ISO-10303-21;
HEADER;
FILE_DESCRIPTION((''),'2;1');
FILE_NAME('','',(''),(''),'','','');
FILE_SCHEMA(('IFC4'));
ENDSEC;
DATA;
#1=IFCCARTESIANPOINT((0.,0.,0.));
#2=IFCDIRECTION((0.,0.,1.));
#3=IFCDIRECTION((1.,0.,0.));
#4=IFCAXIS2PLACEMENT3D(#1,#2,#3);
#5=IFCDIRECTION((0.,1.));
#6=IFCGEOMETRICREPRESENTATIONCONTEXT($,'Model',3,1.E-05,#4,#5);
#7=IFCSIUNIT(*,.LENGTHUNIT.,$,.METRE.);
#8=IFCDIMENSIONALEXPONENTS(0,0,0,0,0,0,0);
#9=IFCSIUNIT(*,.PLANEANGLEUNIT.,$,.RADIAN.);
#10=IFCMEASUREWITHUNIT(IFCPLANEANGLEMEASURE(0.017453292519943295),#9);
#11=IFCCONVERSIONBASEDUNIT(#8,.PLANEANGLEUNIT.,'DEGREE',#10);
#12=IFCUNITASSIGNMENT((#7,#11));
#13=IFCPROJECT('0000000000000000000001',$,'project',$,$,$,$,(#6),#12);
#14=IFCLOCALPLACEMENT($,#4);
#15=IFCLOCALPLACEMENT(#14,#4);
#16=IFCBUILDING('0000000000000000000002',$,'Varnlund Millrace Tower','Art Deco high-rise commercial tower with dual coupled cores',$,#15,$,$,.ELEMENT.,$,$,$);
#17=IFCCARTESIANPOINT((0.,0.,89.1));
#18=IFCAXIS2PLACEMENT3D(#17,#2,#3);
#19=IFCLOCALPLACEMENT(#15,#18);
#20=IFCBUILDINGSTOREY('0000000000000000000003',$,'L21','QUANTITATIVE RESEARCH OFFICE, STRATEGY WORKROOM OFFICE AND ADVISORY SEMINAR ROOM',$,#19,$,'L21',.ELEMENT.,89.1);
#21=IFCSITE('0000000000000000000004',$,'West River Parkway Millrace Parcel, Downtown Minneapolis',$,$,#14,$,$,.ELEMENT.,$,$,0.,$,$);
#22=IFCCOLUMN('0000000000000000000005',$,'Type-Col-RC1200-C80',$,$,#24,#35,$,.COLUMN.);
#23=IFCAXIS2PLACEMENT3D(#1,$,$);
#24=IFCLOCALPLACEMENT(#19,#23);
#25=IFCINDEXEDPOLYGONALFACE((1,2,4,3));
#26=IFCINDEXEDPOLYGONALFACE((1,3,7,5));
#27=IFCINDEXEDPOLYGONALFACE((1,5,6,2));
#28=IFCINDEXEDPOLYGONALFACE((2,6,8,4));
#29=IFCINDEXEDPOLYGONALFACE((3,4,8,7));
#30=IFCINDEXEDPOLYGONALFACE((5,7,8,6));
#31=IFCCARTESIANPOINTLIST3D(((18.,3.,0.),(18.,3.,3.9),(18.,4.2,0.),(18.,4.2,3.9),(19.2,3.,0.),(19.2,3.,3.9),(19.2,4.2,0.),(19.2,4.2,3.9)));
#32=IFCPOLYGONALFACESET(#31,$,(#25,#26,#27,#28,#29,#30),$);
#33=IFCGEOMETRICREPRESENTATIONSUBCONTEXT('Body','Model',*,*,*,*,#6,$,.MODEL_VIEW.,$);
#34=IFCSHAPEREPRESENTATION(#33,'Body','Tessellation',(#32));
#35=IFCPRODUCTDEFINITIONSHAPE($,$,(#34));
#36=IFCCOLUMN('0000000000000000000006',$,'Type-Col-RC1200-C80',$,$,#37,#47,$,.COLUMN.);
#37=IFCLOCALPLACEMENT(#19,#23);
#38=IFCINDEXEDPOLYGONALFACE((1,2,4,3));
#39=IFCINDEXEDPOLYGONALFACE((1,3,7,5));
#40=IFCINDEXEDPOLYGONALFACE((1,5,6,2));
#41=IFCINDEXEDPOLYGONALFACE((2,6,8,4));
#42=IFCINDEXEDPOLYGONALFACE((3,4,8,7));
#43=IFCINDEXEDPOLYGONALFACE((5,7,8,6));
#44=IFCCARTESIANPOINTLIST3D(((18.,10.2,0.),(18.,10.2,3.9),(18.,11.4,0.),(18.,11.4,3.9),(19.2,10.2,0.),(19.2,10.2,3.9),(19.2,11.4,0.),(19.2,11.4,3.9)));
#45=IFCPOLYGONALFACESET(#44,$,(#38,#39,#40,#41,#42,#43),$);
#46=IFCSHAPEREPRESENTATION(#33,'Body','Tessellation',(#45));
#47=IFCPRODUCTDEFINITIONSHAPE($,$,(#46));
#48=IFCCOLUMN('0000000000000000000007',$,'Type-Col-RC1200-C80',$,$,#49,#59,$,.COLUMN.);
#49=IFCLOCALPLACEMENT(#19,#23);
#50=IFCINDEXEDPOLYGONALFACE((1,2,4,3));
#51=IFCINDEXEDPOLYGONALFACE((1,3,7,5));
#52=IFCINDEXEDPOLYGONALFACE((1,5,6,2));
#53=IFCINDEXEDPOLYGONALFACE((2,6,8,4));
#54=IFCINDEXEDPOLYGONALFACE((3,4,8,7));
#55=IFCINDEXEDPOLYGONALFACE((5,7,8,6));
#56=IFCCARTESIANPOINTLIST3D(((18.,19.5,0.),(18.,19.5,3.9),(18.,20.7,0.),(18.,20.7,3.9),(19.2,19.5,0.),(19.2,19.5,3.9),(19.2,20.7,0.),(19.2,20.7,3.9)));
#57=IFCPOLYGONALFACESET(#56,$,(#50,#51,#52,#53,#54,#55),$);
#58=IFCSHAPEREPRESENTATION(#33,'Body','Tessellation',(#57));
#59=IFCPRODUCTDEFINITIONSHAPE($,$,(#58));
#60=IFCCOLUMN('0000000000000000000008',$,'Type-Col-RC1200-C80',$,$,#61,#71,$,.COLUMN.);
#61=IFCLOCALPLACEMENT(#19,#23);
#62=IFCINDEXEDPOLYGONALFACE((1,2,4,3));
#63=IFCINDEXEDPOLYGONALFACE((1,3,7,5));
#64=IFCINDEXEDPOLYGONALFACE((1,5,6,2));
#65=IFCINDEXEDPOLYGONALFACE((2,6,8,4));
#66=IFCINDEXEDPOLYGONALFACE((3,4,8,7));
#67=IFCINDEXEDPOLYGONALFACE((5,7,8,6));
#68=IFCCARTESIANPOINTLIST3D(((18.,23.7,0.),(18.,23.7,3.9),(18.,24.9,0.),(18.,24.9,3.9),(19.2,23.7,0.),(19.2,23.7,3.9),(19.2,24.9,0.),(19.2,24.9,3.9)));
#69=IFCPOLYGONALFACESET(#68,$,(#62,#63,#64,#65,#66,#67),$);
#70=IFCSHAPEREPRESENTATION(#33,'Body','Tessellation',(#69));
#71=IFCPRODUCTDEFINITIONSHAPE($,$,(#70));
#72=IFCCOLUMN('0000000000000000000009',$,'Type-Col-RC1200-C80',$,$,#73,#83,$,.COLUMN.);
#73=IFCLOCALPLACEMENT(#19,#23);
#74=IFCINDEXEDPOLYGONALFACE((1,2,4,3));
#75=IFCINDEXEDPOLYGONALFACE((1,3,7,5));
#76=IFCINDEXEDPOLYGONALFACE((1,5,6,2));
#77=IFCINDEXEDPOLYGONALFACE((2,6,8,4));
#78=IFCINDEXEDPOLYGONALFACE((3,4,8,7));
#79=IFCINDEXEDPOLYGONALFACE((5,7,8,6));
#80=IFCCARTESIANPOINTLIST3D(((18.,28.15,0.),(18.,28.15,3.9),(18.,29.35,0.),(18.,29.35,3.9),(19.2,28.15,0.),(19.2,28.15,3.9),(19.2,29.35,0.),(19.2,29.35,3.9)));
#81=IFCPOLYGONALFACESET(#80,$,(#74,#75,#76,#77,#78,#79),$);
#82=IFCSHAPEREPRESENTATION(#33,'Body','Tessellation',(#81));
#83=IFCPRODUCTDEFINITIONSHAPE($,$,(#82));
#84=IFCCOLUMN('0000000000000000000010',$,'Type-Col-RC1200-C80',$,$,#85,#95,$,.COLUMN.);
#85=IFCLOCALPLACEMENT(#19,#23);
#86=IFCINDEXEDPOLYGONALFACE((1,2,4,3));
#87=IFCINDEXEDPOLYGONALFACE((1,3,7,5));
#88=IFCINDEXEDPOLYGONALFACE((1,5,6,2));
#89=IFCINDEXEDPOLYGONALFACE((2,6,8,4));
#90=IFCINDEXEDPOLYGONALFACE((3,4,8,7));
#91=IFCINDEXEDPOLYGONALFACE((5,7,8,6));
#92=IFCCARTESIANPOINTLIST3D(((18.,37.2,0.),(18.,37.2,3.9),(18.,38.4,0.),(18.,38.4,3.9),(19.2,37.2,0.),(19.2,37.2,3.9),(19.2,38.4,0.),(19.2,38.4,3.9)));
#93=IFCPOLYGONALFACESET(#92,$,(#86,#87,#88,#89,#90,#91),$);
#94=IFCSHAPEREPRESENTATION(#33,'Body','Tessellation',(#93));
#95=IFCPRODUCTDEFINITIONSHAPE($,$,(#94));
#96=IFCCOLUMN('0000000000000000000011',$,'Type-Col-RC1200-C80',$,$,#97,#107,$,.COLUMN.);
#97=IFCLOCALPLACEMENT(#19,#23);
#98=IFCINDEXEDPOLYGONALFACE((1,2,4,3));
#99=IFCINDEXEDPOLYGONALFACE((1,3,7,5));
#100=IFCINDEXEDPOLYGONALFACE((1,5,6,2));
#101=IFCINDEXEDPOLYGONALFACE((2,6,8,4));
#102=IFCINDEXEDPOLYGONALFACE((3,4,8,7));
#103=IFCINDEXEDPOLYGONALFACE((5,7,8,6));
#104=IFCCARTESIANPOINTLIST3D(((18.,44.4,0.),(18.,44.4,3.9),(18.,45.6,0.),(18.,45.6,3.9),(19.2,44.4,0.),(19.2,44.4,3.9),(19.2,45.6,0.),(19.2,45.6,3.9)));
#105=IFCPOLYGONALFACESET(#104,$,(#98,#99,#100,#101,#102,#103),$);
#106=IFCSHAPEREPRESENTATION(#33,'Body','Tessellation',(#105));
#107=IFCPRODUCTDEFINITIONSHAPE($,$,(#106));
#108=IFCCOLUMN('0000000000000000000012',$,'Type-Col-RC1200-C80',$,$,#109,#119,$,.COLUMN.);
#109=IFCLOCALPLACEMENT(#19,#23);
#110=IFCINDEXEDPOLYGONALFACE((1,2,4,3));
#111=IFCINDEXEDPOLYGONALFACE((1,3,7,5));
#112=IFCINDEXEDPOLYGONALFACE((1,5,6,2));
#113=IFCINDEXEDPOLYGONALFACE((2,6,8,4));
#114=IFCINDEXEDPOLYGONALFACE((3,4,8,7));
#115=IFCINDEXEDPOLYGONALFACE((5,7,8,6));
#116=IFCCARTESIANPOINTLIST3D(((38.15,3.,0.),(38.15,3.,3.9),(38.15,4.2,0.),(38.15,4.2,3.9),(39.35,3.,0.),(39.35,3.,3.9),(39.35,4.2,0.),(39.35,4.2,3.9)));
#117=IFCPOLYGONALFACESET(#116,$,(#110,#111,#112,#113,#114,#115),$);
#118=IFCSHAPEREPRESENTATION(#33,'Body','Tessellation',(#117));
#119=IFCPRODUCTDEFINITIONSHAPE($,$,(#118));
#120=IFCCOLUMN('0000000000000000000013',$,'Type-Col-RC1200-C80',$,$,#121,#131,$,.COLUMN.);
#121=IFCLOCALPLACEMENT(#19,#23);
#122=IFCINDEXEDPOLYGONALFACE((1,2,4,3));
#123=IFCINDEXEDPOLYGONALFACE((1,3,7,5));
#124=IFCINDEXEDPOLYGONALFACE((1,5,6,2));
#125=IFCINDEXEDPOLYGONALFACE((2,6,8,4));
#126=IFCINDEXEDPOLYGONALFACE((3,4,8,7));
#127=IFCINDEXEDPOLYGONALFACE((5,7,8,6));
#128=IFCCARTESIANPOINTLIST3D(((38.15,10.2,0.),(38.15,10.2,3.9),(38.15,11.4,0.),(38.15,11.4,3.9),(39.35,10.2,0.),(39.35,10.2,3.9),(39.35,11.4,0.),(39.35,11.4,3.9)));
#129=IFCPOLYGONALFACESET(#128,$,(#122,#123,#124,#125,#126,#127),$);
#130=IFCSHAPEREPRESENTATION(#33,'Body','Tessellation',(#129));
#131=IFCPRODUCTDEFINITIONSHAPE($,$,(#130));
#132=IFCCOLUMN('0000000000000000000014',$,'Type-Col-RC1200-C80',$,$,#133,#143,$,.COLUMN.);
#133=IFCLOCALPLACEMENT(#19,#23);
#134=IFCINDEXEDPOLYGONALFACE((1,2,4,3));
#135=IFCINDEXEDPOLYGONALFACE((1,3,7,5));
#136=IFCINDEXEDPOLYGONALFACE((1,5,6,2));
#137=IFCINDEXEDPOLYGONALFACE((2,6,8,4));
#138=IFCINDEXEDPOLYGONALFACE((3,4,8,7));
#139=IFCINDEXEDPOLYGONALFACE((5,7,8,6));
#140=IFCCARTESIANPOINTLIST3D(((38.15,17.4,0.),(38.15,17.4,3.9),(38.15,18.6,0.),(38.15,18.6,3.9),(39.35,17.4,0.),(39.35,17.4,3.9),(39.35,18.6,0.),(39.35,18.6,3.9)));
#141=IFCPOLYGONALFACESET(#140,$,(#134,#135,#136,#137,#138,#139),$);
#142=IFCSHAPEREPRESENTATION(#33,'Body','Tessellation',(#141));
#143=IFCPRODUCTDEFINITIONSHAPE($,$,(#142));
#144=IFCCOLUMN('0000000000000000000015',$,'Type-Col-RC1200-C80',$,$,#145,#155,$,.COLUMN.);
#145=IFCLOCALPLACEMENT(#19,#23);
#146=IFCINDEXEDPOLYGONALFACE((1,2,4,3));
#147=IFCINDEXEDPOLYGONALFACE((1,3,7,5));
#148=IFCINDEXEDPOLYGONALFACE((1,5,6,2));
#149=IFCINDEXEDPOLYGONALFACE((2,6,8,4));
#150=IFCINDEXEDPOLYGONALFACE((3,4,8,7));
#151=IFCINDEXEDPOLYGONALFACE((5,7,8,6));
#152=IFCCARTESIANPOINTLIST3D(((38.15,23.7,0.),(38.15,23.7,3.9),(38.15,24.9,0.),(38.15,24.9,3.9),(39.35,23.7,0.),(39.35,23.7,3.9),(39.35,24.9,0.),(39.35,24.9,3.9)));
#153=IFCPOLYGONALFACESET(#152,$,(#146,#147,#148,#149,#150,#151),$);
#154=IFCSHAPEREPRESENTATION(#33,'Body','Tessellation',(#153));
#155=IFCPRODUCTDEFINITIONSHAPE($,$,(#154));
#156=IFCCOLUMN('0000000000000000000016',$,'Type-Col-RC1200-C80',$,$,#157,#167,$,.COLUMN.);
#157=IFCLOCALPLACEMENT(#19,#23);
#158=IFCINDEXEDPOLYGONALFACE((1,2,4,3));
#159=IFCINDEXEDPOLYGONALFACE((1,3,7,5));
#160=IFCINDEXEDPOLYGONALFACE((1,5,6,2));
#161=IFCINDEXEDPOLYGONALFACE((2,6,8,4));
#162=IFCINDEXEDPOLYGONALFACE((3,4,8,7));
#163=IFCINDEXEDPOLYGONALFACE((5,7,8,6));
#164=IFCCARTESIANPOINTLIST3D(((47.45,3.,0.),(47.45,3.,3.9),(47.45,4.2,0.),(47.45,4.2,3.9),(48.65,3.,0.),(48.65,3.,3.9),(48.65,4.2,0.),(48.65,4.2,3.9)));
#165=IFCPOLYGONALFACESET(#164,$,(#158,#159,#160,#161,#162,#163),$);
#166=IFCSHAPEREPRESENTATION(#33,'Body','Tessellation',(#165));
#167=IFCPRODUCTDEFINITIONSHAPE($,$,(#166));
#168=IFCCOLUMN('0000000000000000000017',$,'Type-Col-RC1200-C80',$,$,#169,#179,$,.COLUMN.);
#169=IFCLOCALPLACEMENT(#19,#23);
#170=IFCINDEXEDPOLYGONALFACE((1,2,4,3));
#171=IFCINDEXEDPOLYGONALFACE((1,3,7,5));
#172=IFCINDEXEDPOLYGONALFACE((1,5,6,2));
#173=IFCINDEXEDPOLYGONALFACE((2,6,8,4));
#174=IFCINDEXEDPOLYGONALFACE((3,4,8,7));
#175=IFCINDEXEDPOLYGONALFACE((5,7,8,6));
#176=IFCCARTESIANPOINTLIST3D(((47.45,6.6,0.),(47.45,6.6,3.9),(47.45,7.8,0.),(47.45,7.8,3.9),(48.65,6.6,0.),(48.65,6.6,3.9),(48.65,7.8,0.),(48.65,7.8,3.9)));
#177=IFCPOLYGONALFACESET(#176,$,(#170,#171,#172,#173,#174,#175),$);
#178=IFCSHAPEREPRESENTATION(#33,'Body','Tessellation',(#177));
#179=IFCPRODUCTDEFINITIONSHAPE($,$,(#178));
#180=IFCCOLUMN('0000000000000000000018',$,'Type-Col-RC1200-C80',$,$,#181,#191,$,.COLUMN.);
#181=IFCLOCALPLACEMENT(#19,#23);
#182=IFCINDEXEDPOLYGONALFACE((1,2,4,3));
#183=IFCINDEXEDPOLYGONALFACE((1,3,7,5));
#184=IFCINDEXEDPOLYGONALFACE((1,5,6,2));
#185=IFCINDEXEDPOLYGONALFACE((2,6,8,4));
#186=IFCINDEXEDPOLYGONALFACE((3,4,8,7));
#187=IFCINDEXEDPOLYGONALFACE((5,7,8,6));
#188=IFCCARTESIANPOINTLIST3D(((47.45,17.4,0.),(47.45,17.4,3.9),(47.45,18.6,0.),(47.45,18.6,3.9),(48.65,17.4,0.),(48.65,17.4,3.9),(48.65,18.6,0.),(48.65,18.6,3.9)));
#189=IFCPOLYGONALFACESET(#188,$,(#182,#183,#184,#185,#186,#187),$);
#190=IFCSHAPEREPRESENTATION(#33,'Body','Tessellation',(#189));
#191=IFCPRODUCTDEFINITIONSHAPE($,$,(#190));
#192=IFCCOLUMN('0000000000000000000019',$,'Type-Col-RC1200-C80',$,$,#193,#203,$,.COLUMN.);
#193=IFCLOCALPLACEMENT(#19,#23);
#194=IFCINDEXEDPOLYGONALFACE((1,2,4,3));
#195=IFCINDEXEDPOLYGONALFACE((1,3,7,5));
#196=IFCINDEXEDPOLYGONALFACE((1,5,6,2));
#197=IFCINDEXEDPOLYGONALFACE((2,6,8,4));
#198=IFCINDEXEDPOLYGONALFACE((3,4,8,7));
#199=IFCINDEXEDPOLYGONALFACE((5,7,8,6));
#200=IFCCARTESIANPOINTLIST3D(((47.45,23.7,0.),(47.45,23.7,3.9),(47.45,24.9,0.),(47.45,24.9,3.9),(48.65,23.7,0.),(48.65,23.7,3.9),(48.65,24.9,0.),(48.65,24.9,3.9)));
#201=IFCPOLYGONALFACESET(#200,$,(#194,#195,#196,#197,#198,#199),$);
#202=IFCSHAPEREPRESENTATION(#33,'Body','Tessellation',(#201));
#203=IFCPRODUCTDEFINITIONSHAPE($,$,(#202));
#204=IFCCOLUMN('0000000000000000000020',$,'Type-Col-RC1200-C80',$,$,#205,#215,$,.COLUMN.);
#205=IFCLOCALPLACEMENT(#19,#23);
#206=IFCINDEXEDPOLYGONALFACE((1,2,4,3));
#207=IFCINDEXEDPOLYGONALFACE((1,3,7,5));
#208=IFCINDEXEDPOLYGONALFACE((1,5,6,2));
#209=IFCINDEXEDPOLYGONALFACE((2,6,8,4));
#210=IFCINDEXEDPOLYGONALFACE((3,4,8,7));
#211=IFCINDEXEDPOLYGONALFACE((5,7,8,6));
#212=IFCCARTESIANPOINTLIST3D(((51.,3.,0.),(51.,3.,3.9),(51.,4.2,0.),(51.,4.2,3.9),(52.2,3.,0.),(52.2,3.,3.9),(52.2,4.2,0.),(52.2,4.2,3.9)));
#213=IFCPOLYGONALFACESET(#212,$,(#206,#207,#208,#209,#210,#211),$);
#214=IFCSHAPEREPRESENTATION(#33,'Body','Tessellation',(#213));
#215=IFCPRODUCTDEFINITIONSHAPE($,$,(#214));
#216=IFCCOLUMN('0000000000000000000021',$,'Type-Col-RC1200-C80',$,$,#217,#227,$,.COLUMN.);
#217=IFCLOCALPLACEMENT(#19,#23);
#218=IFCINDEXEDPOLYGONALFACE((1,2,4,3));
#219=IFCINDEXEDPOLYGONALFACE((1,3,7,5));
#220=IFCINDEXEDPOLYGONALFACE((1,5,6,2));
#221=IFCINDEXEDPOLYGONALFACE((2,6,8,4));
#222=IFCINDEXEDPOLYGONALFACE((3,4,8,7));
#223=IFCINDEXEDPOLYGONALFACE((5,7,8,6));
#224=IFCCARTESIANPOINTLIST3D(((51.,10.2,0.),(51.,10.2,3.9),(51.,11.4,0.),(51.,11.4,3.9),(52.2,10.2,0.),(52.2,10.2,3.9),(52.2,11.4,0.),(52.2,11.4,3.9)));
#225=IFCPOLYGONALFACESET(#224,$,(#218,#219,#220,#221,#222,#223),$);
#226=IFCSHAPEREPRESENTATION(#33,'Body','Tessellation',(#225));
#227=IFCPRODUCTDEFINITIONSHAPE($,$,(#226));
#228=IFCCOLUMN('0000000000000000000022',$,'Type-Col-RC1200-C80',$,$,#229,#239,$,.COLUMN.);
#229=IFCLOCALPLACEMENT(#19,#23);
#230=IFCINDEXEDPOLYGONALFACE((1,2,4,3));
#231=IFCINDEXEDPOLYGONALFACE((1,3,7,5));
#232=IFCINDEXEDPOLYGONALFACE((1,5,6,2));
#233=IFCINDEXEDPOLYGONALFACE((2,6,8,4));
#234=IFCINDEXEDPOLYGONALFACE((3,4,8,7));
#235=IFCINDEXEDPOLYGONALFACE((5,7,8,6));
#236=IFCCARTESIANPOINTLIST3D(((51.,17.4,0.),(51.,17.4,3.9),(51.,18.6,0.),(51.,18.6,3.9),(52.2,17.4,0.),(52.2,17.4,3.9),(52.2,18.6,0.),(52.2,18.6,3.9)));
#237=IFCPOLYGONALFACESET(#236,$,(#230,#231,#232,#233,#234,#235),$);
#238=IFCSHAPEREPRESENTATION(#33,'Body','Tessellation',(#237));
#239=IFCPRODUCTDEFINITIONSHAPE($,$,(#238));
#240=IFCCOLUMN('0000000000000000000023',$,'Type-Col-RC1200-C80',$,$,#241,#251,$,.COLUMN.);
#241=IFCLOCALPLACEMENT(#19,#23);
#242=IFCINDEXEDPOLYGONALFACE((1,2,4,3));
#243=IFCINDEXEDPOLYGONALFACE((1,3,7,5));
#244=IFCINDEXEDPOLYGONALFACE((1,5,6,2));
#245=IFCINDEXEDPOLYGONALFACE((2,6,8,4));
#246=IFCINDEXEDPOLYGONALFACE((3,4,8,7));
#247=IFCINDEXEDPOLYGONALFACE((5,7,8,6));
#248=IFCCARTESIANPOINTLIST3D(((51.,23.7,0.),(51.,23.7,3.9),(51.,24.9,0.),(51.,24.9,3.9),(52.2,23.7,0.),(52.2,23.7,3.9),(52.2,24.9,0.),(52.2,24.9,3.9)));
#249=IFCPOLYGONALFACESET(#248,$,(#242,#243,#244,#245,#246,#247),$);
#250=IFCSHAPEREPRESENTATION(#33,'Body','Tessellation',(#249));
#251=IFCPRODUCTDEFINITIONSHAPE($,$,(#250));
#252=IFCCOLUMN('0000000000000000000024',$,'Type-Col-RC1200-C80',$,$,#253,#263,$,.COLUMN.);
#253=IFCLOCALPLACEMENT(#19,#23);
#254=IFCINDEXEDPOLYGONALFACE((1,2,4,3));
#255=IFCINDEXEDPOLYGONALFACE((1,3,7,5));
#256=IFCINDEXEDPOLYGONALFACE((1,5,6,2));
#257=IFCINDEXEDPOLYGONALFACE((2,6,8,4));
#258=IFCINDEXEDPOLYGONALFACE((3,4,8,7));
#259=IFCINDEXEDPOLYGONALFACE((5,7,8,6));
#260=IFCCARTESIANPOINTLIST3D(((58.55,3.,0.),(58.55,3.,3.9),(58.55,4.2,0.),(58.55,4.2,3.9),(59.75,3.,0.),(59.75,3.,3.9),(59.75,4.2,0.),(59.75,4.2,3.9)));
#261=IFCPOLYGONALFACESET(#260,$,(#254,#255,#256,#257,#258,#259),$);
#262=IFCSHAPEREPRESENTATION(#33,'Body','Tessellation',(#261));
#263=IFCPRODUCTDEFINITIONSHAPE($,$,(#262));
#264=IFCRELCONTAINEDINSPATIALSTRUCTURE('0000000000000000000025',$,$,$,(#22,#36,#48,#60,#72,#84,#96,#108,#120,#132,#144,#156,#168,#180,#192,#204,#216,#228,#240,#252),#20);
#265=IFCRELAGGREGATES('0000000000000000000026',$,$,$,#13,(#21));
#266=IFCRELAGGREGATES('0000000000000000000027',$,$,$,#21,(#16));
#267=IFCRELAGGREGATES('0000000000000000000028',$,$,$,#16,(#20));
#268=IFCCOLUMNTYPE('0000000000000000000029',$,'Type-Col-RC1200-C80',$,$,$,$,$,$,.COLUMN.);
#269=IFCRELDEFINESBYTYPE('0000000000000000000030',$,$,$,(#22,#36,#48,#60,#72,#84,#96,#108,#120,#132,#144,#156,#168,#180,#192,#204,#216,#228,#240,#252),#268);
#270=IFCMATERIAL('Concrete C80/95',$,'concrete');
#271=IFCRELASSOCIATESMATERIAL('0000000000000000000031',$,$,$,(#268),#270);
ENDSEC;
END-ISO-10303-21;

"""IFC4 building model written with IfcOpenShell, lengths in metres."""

from ifc_helpers import new_model, entity, si_unit, converted_unit, direction, frame, origin_with_axes, origin_2d_with_axis, place, context, subcontext, project, spatial, rectangle, extrude, material, material_profile, profile_set, type_object, element, save


model = new_model("IFC4")

# Units and contexts
model_context = context("Model", 3, precision=1e-05, world=origin_with_axes(), true_north=direction((0.0, 1.0)))
body_context = subcontext(model_context, "Body", "Model", "MODEL_VIEW")
ifc_project = project(units=[si_unit("LENGTHUNIT", "METRE"), converted_unit("PLANEANGLEUNIT", "DEGREE", entity("IfcPlaneAngleMeasure", 0.017453292519943295), si_unit("PLANEANGLEUNIT", "RADIAN"), dimensions=[0, 0, 0, 0, 0, 0, 0])], contexts=[model_context])

# Site, building, storey
site_placement = place(None, origin_with_axes())
site = spatial("IfcSite", under=ifc_project, at=site_placement, Name="West River Parkway Millrace Parcel, Downtown Minneapolis", CompositionType="ELEMENT", RefElevation=0.0)
building_placement = place(site_placement, origin_with_axes())
building = spatial("IfcBuilding", under=site, at=building_placement, Name="Varnlund Millrace Tower", Description="Art Deco high-rise commercial tower with dual coupled cores", CompositionType="ELEMENT")
storey_placement = place(building_placement, frame((0.0, 0.0, 89.1), z_axis=(0.0, 0.0, 1.0), x_axis=(1.0, 0.0, 0.0)))
storey = spatial("IfcBuildingStorey", under=building, at=storey_placement, Name="L21", Description="QUANTITATIVE RESEARCH OFFICE, STRATEGY WORKROOM OFFICE AND ADVISORY SEMINAR ROOM", LongName="L21", CompositionType="ELEMENT", Elevation=89.1)

# Columns
ifc_material_1 = material(Name="Concrete C80/95", Category="concrete")
ifc_material_profile = material_profile(ifc_material_1, rectangle(XDim=1.2, YDim=1.2, at=origin_2d_with_axis()), Name="Concrete C80/95")
ifc_profile_set = profile_set([ifc_material_profile], Name="Concrete C80/95")
column_type = type_object("IfcColumnType", Name="Type-Col-RC1200-C80", PredefinedType="COLUMN", material=ifc_profile_set)
for number, where, z_axis, x_axis, name in (
    (1, (18.6, 3.6, 0.0), (0.0, 0.0, 1.0), (1.0, 0.0, 0.0), "Type-Col-RC1200-C80"),
    (2, (18.6, 10.8, 0.0), (0.0, 0.0, 1.0), (1.0, 0.0, 0.0), "Type-Col-RC1200-C80"),
    (3, (18.6, 20.1, 0.0), (0.0, 0.0, 1.0), (1.0, 0.0, 0.0), "Type-Col-RC1200-C80"),
    (4, (18.6, 24.3, 0.0), (0.0, 0.0, 1.0), (1.0, 0.0, 0.0), "Type-Col-RC1200-C80"),
    (5, (18.6, 28.75, 0.0), (0.0, 0.0, 1.0), (1.0, 0.0, 0.0), "Type-Col-RC1200-C80"),
    (6, (18.6, 37.8, 0.0), (0.0, 0.0, 1.0), (1.0, 0.0, 0.0), "Type-Col-RC1200-C80"),
    (7, (18.6, 45.0, 0.0), (0.0, 0.0, 1.0), (1.0, 0.0, 0.0), "Type-Col-RC1200-C80"),
    (8, (38.75, 3.6, 0.0), (0.0, 0.0, 1.0), (1.0, 0.0, 0.0), "Type-Col-RC1200-C80"),
    (9, (38.75, 10.8, 0.0), (0.0, 0.0, 1.0), (1.0, 0.0, 0.0), "Type-Col-RC1200-C80"),
    (10, (38.75, 18.0, 0.0), (0.0, 0.0, 1.0), (1.0, 0.0, 0.0), "Type-Col-RC1200-C80"),
    (11, (38.75, 24.3, 0.0), (0.0, 0.0, 1.0), (1.0, 0.0, 0.0), "Type-Col-RC1200-C80"),
    (12, (48.05, 3.6, 0.0), (0.0, 0.0, 1.0), (1.0, 0.0, 0.0), "Type-Col-RC1200-C80"),
    (13, (48.05, 7.2, 0.0), (0.0, 0.0, 1.0), (1.0, 0.0, 0.0), "Type-Col-RC1200-C80"),
    (14, (48.05, 18.0, 0.0), (0.0, 0.0, 1.0), (1.0, 0.0, 0.0), "Type-Col-RC1200-C80"),
    (15, (48.05, 24.3, 0.0), (0.0, 0.0, 1.0), (1.0, 0.0, 0.0), "Type-Col-RC1200-C80"),
    (16, (51.6, 3.6, 0.0), (0.0, 0.0, 1.0), (1.0, 0.0, 0.0), "Type-Col-RC1200-C80"),
    (17, (51.6, 10.8, 0.0), (0.0, 0.0, 1.0), (1.0, 0.0, 0.0), "Type-Col-RC1200-C80"),
    (18, (51.6, 18.0, 0.0), (0.0, 0.0, 1.0), (1.0, 0.0, 0.0), "Type-Col-RC1200-C80"),
    (19, (51.6, 24.3, 0.0), (0.0, 0.0, 1.0), (1.0, 0.0, 0.0), "Type-Col-RC1200-C80"),
    (20, (59.15, 3.6, 0.0), (0.0, 0.0, 1.0), (1.0, 0.0, 0.0), "Type-Col-RC1200-C80"),
):
    element("IfcColumn", number, at=place(storey_placement, frame(where, z_axis=z_axis, x_axis=x_axis)), inside=storey, type_object=column_type, Name=name, PredefinedType="COLUMN", context=body_context, shape_type="SweptSolid", body=[
        extrude(rectangle(XDim=1.2, YDim=1.2, at=origin_2d_with_axis()), origin_with_axes(), (0.0, 0.0, 1.0), 3.9),
    ])

save(model, "model.ifc")
